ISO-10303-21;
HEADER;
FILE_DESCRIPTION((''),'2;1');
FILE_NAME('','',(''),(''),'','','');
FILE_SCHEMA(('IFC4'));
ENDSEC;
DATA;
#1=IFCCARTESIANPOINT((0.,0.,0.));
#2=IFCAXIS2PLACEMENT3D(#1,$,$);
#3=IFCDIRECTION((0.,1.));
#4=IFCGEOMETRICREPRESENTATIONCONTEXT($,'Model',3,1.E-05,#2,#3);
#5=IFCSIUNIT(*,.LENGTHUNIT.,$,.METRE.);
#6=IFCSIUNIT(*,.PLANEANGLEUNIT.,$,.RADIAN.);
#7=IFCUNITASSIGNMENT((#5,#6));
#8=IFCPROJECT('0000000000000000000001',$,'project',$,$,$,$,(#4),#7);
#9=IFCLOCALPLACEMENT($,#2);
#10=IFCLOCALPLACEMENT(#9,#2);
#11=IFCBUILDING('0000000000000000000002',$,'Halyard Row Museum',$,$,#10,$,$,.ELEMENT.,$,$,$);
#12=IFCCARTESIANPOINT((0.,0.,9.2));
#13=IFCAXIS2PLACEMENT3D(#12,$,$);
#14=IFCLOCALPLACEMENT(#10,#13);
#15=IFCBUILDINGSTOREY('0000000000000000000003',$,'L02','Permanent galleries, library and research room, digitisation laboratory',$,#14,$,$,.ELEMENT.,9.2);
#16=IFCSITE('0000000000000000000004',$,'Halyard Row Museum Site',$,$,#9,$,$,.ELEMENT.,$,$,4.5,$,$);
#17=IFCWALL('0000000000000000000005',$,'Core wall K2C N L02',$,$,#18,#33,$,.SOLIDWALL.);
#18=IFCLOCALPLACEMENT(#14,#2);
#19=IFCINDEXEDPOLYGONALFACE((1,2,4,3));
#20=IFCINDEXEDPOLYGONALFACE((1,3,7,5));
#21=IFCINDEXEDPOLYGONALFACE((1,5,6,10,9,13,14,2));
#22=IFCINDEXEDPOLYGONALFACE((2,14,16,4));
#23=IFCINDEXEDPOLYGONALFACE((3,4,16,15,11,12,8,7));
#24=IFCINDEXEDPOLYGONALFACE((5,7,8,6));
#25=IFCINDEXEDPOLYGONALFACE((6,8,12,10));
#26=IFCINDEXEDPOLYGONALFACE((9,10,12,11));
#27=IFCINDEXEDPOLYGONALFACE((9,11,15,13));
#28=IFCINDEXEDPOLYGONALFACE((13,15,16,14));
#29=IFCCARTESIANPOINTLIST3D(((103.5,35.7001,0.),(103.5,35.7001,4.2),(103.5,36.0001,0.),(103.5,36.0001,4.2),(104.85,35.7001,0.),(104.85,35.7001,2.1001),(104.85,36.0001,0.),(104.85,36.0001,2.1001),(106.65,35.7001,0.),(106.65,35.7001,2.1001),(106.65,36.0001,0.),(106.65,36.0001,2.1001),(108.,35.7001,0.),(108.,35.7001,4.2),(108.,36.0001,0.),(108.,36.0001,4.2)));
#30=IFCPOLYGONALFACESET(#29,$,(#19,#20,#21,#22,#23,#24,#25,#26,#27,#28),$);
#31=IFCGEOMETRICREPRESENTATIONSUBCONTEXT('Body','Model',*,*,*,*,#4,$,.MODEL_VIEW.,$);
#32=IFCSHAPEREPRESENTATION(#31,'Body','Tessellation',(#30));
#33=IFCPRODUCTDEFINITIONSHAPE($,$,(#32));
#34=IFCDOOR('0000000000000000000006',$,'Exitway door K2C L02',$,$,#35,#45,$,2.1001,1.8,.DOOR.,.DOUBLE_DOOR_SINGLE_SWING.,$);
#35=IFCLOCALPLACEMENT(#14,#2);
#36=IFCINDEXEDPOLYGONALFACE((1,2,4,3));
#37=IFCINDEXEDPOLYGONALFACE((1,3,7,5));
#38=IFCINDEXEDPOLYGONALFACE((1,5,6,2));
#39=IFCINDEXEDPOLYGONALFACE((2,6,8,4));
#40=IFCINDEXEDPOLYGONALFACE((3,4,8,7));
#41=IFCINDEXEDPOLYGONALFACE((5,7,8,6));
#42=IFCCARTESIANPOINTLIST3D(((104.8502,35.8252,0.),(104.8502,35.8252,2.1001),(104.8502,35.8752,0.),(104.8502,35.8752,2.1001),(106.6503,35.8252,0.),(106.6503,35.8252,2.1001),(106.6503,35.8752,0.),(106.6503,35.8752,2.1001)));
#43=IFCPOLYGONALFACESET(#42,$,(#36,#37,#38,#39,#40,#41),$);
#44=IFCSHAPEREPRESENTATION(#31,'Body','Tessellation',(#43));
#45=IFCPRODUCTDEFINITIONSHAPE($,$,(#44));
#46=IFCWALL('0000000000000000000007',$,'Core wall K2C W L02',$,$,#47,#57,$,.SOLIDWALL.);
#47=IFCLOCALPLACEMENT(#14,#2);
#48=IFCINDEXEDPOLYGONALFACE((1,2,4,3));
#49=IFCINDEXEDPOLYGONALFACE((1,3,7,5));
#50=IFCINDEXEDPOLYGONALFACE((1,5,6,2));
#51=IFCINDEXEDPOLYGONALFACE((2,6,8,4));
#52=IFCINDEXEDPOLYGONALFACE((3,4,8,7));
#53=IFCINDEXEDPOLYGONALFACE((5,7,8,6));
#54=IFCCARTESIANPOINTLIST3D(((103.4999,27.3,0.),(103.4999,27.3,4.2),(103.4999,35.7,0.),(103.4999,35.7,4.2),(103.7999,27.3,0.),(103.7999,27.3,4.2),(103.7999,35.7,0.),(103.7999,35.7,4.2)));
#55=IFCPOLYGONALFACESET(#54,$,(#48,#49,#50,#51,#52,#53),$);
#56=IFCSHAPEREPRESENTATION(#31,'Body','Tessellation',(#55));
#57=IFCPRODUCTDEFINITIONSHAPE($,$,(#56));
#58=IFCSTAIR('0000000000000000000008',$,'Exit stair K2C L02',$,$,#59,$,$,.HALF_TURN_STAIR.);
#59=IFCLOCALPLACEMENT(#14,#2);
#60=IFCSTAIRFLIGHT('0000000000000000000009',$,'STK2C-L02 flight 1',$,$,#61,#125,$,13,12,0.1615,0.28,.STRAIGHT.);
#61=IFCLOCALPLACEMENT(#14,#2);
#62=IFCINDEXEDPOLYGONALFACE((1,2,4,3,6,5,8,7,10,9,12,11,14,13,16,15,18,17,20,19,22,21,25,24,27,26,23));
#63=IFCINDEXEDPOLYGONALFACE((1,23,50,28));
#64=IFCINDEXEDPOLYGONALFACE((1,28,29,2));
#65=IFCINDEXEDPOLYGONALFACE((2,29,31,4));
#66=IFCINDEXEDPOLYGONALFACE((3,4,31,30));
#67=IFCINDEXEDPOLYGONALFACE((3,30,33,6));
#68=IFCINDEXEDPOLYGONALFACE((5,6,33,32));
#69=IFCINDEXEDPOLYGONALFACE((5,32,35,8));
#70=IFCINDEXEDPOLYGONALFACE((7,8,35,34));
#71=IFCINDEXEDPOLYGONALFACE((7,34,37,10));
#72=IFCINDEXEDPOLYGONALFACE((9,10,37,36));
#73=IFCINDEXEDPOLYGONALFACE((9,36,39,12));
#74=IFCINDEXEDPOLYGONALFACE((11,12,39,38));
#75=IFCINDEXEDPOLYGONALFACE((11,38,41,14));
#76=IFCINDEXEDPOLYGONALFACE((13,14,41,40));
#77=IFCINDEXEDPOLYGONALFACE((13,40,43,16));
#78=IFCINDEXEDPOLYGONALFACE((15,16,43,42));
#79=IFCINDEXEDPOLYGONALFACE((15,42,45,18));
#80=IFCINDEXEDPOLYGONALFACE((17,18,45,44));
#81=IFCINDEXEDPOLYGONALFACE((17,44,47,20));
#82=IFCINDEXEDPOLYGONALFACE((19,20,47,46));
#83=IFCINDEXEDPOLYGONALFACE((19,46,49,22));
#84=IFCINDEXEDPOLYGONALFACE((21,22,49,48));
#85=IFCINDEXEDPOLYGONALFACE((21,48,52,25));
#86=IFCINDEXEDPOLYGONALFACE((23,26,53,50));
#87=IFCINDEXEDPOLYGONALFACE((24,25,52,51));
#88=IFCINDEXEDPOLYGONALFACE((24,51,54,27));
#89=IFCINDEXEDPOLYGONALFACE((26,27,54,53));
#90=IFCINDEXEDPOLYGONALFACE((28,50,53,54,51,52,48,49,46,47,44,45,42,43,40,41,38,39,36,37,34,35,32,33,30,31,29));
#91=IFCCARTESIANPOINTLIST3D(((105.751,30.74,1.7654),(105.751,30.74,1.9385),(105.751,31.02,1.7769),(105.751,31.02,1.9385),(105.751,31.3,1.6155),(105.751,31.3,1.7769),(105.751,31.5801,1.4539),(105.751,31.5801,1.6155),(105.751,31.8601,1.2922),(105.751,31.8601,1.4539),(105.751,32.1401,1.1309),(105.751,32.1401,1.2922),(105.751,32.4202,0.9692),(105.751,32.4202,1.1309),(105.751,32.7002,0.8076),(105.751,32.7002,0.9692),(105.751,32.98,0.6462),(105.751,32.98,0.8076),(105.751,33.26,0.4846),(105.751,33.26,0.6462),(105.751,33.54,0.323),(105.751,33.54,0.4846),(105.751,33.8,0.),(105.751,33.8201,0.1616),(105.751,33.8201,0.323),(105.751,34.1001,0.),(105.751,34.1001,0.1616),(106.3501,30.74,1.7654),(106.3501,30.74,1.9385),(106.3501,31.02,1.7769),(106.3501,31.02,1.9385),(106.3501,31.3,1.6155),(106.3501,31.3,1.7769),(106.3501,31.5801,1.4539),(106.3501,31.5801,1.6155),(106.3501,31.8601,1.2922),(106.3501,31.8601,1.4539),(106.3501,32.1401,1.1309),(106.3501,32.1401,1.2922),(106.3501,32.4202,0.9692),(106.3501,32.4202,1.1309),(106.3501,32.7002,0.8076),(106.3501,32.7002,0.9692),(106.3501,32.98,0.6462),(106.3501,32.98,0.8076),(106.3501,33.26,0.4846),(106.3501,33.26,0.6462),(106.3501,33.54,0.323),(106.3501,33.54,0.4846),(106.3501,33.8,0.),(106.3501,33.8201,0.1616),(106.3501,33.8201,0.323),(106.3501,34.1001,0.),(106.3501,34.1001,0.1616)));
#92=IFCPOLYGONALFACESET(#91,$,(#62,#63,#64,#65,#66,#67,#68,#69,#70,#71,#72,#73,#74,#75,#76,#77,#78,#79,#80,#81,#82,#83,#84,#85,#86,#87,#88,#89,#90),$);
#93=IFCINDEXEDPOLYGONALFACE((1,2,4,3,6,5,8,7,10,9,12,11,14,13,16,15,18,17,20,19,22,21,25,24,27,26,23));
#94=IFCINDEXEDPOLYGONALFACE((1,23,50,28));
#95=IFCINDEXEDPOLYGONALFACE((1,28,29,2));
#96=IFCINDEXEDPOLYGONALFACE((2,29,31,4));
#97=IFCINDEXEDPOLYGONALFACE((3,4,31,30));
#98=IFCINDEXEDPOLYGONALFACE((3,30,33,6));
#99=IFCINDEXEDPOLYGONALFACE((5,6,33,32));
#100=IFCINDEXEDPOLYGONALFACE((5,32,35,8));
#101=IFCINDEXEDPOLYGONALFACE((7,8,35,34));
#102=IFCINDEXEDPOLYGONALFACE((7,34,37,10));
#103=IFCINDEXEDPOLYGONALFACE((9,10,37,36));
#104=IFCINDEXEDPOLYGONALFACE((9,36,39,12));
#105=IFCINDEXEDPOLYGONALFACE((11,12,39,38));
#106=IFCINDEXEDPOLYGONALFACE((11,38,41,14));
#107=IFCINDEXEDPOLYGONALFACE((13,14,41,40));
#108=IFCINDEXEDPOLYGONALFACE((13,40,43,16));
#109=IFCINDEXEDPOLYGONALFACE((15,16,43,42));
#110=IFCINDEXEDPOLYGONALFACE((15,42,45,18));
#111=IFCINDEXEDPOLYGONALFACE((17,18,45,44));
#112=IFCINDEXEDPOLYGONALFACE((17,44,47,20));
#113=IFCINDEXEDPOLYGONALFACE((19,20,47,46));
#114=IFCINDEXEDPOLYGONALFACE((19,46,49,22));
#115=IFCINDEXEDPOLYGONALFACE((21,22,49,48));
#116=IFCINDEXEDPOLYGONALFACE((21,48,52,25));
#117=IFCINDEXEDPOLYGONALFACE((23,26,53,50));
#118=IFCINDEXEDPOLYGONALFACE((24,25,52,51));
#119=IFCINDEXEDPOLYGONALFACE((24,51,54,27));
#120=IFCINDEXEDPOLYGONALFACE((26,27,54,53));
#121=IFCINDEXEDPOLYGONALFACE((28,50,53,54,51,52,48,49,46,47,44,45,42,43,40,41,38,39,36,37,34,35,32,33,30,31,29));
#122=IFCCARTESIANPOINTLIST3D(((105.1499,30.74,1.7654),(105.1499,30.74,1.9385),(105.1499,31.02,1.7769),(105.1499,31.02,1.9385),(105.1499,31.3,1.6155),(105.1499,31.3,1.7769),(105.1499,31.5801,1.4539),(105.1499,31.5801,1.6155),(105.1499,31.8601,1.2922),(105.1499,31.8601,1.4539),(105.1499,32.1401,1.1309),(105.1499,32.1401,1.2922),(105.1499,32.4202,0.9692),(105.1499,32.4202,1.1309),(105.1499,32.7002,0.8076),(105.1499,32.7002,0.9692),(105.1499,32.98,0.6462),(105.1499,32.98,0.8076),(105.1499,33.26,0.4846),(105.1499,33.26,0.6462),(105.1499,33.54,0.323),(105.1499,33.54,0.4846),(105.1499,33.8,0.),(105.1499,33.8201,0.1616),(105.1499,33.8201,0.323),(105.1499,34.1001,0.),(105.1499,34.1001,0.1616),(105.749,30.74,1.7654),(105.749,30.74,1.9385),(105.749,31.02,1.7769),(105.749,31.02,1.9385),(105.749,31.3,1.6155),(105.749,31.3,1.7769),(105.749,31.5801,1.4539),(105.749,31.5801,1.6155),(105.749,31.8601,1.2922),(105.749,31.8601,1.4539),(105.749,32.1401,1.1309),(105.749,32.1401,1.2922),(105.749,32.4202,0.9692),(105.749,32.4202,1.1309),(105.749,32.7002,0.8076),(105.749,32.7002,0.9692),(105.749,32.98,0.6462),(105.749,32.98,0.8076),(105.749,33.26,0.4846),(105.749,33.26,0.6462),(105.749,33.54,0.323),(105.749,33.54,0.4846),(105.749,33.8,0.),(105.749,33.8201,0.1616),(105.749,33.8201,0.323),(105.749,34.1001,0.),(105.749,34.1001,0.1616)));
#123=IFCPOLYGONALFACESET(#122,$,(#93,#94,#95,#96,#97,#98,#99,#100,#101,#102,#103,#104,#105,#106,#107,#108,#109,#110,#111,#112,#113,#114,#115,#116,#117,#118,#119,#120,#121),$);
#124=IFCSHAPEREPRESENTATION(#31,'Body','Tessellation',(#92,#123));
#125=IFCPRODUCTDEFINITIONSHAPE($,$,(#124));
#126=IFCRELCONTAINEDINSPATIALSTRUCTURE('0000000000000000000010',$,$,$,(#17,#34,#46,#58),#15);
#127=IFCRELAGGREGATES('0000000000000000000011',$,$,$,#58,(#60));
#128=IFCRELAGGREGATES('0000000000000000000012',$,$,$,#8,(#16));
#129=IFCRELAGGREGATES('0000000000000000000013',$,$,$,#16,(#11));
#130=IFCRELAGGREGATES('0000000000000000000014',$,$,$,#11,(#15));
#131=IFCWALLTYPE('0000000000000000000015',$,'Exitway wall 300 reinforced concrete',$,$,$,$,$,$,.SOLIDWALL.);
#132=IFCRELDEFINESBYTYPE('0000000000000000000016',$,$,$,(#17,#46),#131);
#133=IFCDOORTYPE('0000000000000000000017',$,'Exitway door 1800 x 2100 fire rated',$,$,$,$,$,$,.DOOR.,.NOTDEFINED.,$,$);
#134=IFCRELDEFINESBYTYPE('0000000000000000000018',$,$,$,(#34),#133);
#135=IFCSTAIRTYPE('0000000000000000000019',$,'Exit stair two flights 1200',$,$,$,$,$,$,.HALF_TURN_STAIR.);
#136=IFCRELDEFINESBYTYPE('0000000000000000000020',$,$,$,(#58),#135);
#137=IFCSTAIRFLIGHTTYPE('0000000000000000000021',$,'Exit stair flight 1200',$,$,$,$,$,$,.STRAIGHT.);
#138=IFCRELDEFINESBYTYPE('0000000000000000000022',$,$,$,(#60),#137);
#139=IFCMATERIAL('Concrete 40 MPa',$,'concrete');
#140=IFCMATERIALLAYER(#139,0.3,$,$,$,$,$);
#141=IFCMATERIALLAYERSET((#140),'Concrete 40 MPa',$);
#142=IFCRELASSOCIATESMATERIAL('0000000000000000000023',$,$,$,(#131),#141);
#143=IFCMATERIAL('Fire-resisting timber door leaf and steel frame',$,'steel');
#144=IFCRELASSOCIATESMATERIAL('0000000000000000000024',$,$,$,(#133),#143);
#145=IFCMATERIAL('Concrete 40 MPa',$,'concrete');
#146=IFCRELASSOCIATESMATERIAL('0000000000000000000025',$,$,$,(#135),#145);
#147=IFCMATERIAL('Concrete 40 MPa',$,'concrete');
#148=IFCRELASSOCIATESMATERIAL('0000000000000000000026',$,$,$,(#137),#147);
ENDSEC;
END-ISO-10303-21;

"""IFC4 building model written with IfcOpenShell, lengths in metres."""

from ifc_helpers import new_model, si_unit, direction, frame, frame_2d, origin, place, context, subcontext, project, spatial, polyline, rectangle, outline, extrude, material, layer, layer_set, type_object, element, fill, aggregate, save


model = new_model("IFC4")

# Units and contexts
model_context = context("Model", 3, precision=1e-05, world=origin(), true_north=direction((0.0, 1.0)))
body_context = subcontext(model_context, "Body", "Model", "MODEL_VIEW")
ifc_project = project(units=[si_unit("LENGTHUNIT", "METRE"), si_unit("PLANEANGLEUNIT", "RADIAN")], contexts=[model_context])

# Site, building, storey
site_placement = place(None, origin())
site = spatial("IfcSite", under=ifc_project, at=site_placement, Name="Halyard Row Museum Site", CompositionType="ELEMENT", RefElevation=4.5)
building_placement = place(site_placement, origin())
building = spatial("IfcBuilding", under=site, at=building_placement, Name="Halyard Row Museum", CompositionType="ELEMENT")
storey_placement = place(building_placement, frame((0.0, 0.0, 9.2)))
storey = spatial("IfcBuildingStorey", under=building, at=storey_placement, Name="L02", Description="Permanent galleries, library and research room, digitisation laboratory", CompositionType="ELEMENT", Elevation=9.2)

# Shared definitions
ifc_material_1 = material(Name="Concrete 40 MPa", Category="concrete")
ifc_layer_1 = layer(ifc_material_1, 0.3)
ifc_layer_set_1 = layer_set([ifc_layer_1], Name="Concrete 40 MPa")
wall_type_1 = type_object("IfcWallType", Name="Exitway wall 300 reinforced concrete", PredefinedType="SOLIDWALL", material=ifc_layer_set_1)

# Wall, opening, door
wall_1_placement = place(storey_placement, frame((103.5, 35.8501, 0.0), z_axis=(0.0, 0.0, 1.0), x_axis=(1.0, 0.0, 0.0)))
wall_1 = element("IfcWall", 1, at=wall_1_placement, inside=storey, type_object=wall_type_1, Name="Core wall K2C N L02", PredefinedType="SOLIDWALL", context=body_context, shape_type="SweptSolid", body=[
    extrude(rectangle(XDim=4.5, YDim=0.3, at=frame_2d((2.25, 0.0))), origin(), (0.0, 0.0, 1.0), 4.2),
])
opening_placement = place(wall_1_placement, frame((1.3501, 0.0, 0.0)))
opening = element("IfcOpeningElement", 2, at=opening_placement, cuts=wall_1, PredefinedType="OPENING", context=body_context, shape_type="SweptSolid", body=[
    extrude(rectangle(XDim=1.8, YDim=2.1001, at=frame_2d((0.8999, 1.05))), frame((0.0, 0.1599, 0.0), z_axis=(0.0, -1.0, 0.0), x_axis=(1.0, 0.0, 0.0)), (0.0, 0.0, 1.0), 0.3201),
])
ifc_material_2 = material(Name="Fire-resisting timber door leaf and steel frame", Category="steel")
door_type = type_object("IfcDoorType", Name="Exitway door 1800 x 2100 fire rated", OperationType="NOTDEFINED", PredefinedType="DOOR", material=ifc_material_2)
door_placement = place(opening_placement, frame((1.8, 0.0, 0.0), z_axis=(0.0, 0.0, 1.0), x_axis=(-1.0, 0.0, 0.0)))
door = element("IfcDoor", 3, at=door_placement, inside=storey, type_object=door_type, Name="Exitway door K2C L02", OperationType="DOUBLE_DOOR_SINGLE_SWING", OverallHeight=2.1001, OverallWidth=1.8, PredefinedType="DOOR", context=body_context, shape_type="SweptSolid", body=[
    extrude(rectangle(XDim=1.8, YDim=2.1001, at=frame_2d((0.8999, 1.05))), frame((0.0, 0.0249, 0.0), z_axis=(0.0, -1.0, 0.0), x_axis=(1.0, 0.0, 0.0)), (0.0, 0.0, 1.0), 0.05),
])
fill(opening, door)

# Wall
wall_2_placement = place(storey_placement, frame((103.6499, 27.3, 0.0), z_axis=(0.0, 0.0, 1.0), x_axis=(0.0, 1.0, 0.0)))
element("IfcWall", 4, at=wall_2_placement, inside=storey, type_object=wall_type_1, Name="Core wall K2C W L02", PredefinedType="SOLIDWALL", context=body_context, shape_type="SweptSolid", body=[
    extrude(rectangle(XDim=8.3999, YDim=0.3, at=frame_2d((4.2, 0.0))), origin(), (0.0, 0.0, 1.0), 4.2),
])

# Stair, stair flight
ifc_material_3 = material(Name="Concrete 40 MPa", Category="concrete")
stair_type = type_object("IfcStairType", Name="Exit stair two flights 1200", PredefinedType="HALF_TURN_STAIR", material=ifc_material_3)
stair_placement = place(storey_placement, origin())
stair = element("IfcStair", 5, at=stair_placement, inside=storey, type_object=stair_type, Name="Exit stair K2C L02", PredefinedType="HALF_TURN_STAIR")
ifc_material_4 = material(Name="Concrete 40 MPa", Category="concrete")
stair_flight_type = type_object("IfcStairFlightType", Name="Exit stair flight 1200", PredefinedType="STRAIGHT", material=ifc_material_4)
stair_flight_1_placement = place(storey_placement, frame((105.75, 34.1001, 0.0), z_axis=(0.0, 0.0, 1.0), x_axis=(0.0, -1.0, 0.0)))
stair_flight_1 = element("IfcStairFlight", 6, at=stair_flight_1_placement, type_object=stair_flight_type, Name="STK2C-L02 flight 1", NumberOfRisers=13, NumberOfTreads=12, PredefinedType="STRAIGHT", RiserHeight=0.1615, TreadLength=0.28, context=body_context, shape_type="SweptSolid", body=[
    extrude(outline(polyline([(0.0, 0.0), (0.0, 0.1616), (0.28, 0.1616), (0.28, 0.323), (0.5601, 0.323), (0.5601, 0.4846), (0.8401, 0.4846), (0.8401, 0.6462), (1.1201, 0.6462), (1.1201, 0.8076), (1.3999, 0.8076), (1.3999, 0.9692), (1.6799, 0.9692), (1.6799, 1.1309), (1.96, 1.1309), (1.96, 1.2922), (2.24, 1.2922), (2.24, 1.4539), (2.52, 1.4539), (2.52, 1.6155), (2.8, 1.6155), (2.8, 1.7769), (3.0801, 1.7769), (3.0801, 1.9385), (3.3601, 1.9385), (3.3601, 2.1001), (3.3601, 1.7654), (0.3, 0.0), (0.0, 0.0)])), frame((0.0, 0.6001, 0.0), z_axis=(0.0, -1.0, 0.0), x_axis=(1.0, 0.0, 0.0)), (0.0, 0.0, 1.0), 0.5991),
    extrude(outline(polyline([(0.0, 0.0), (0.0, 0.1616), (0.28, 0.1616), (0.28, 0.323), (0.5601, 0.323), (0.5601, 0.4846), (0.8401, 0.4846), (0.8401, 0.6462), (1.1201, 0.6462), (1.1201, 0.8076), (1.3999, 0.8076), (1.3999, 0.9692), (1.6799, 0.9692), (1.6799, 1.1309), (1.96, 1.1309), (1.96, 1.2922), (2.24, 1.2922), (2.24, 1.4539), (2.52, 1.4539), (2.52, 1.6155), (2.8, 1.6155), (2.8, 1.7769), (3.0801, 1.7769), (3.0801, 1.9385), (3.3601, 1.9385), (3.3601, 2.1001), (3.3601, 1.7654), (0.3, 0.0), (0.0, 0.0)])), frame((0.0, -0.001, 0.0), z_axis=(0.0, -1.0, 0.0), x_axis=(1.0, 0.0, 0.0)), (0.0, 0.0, 1.0), 0.5991),
])
aggregate(stair, [stair_flight_1])

save(model, "model.ifc")
